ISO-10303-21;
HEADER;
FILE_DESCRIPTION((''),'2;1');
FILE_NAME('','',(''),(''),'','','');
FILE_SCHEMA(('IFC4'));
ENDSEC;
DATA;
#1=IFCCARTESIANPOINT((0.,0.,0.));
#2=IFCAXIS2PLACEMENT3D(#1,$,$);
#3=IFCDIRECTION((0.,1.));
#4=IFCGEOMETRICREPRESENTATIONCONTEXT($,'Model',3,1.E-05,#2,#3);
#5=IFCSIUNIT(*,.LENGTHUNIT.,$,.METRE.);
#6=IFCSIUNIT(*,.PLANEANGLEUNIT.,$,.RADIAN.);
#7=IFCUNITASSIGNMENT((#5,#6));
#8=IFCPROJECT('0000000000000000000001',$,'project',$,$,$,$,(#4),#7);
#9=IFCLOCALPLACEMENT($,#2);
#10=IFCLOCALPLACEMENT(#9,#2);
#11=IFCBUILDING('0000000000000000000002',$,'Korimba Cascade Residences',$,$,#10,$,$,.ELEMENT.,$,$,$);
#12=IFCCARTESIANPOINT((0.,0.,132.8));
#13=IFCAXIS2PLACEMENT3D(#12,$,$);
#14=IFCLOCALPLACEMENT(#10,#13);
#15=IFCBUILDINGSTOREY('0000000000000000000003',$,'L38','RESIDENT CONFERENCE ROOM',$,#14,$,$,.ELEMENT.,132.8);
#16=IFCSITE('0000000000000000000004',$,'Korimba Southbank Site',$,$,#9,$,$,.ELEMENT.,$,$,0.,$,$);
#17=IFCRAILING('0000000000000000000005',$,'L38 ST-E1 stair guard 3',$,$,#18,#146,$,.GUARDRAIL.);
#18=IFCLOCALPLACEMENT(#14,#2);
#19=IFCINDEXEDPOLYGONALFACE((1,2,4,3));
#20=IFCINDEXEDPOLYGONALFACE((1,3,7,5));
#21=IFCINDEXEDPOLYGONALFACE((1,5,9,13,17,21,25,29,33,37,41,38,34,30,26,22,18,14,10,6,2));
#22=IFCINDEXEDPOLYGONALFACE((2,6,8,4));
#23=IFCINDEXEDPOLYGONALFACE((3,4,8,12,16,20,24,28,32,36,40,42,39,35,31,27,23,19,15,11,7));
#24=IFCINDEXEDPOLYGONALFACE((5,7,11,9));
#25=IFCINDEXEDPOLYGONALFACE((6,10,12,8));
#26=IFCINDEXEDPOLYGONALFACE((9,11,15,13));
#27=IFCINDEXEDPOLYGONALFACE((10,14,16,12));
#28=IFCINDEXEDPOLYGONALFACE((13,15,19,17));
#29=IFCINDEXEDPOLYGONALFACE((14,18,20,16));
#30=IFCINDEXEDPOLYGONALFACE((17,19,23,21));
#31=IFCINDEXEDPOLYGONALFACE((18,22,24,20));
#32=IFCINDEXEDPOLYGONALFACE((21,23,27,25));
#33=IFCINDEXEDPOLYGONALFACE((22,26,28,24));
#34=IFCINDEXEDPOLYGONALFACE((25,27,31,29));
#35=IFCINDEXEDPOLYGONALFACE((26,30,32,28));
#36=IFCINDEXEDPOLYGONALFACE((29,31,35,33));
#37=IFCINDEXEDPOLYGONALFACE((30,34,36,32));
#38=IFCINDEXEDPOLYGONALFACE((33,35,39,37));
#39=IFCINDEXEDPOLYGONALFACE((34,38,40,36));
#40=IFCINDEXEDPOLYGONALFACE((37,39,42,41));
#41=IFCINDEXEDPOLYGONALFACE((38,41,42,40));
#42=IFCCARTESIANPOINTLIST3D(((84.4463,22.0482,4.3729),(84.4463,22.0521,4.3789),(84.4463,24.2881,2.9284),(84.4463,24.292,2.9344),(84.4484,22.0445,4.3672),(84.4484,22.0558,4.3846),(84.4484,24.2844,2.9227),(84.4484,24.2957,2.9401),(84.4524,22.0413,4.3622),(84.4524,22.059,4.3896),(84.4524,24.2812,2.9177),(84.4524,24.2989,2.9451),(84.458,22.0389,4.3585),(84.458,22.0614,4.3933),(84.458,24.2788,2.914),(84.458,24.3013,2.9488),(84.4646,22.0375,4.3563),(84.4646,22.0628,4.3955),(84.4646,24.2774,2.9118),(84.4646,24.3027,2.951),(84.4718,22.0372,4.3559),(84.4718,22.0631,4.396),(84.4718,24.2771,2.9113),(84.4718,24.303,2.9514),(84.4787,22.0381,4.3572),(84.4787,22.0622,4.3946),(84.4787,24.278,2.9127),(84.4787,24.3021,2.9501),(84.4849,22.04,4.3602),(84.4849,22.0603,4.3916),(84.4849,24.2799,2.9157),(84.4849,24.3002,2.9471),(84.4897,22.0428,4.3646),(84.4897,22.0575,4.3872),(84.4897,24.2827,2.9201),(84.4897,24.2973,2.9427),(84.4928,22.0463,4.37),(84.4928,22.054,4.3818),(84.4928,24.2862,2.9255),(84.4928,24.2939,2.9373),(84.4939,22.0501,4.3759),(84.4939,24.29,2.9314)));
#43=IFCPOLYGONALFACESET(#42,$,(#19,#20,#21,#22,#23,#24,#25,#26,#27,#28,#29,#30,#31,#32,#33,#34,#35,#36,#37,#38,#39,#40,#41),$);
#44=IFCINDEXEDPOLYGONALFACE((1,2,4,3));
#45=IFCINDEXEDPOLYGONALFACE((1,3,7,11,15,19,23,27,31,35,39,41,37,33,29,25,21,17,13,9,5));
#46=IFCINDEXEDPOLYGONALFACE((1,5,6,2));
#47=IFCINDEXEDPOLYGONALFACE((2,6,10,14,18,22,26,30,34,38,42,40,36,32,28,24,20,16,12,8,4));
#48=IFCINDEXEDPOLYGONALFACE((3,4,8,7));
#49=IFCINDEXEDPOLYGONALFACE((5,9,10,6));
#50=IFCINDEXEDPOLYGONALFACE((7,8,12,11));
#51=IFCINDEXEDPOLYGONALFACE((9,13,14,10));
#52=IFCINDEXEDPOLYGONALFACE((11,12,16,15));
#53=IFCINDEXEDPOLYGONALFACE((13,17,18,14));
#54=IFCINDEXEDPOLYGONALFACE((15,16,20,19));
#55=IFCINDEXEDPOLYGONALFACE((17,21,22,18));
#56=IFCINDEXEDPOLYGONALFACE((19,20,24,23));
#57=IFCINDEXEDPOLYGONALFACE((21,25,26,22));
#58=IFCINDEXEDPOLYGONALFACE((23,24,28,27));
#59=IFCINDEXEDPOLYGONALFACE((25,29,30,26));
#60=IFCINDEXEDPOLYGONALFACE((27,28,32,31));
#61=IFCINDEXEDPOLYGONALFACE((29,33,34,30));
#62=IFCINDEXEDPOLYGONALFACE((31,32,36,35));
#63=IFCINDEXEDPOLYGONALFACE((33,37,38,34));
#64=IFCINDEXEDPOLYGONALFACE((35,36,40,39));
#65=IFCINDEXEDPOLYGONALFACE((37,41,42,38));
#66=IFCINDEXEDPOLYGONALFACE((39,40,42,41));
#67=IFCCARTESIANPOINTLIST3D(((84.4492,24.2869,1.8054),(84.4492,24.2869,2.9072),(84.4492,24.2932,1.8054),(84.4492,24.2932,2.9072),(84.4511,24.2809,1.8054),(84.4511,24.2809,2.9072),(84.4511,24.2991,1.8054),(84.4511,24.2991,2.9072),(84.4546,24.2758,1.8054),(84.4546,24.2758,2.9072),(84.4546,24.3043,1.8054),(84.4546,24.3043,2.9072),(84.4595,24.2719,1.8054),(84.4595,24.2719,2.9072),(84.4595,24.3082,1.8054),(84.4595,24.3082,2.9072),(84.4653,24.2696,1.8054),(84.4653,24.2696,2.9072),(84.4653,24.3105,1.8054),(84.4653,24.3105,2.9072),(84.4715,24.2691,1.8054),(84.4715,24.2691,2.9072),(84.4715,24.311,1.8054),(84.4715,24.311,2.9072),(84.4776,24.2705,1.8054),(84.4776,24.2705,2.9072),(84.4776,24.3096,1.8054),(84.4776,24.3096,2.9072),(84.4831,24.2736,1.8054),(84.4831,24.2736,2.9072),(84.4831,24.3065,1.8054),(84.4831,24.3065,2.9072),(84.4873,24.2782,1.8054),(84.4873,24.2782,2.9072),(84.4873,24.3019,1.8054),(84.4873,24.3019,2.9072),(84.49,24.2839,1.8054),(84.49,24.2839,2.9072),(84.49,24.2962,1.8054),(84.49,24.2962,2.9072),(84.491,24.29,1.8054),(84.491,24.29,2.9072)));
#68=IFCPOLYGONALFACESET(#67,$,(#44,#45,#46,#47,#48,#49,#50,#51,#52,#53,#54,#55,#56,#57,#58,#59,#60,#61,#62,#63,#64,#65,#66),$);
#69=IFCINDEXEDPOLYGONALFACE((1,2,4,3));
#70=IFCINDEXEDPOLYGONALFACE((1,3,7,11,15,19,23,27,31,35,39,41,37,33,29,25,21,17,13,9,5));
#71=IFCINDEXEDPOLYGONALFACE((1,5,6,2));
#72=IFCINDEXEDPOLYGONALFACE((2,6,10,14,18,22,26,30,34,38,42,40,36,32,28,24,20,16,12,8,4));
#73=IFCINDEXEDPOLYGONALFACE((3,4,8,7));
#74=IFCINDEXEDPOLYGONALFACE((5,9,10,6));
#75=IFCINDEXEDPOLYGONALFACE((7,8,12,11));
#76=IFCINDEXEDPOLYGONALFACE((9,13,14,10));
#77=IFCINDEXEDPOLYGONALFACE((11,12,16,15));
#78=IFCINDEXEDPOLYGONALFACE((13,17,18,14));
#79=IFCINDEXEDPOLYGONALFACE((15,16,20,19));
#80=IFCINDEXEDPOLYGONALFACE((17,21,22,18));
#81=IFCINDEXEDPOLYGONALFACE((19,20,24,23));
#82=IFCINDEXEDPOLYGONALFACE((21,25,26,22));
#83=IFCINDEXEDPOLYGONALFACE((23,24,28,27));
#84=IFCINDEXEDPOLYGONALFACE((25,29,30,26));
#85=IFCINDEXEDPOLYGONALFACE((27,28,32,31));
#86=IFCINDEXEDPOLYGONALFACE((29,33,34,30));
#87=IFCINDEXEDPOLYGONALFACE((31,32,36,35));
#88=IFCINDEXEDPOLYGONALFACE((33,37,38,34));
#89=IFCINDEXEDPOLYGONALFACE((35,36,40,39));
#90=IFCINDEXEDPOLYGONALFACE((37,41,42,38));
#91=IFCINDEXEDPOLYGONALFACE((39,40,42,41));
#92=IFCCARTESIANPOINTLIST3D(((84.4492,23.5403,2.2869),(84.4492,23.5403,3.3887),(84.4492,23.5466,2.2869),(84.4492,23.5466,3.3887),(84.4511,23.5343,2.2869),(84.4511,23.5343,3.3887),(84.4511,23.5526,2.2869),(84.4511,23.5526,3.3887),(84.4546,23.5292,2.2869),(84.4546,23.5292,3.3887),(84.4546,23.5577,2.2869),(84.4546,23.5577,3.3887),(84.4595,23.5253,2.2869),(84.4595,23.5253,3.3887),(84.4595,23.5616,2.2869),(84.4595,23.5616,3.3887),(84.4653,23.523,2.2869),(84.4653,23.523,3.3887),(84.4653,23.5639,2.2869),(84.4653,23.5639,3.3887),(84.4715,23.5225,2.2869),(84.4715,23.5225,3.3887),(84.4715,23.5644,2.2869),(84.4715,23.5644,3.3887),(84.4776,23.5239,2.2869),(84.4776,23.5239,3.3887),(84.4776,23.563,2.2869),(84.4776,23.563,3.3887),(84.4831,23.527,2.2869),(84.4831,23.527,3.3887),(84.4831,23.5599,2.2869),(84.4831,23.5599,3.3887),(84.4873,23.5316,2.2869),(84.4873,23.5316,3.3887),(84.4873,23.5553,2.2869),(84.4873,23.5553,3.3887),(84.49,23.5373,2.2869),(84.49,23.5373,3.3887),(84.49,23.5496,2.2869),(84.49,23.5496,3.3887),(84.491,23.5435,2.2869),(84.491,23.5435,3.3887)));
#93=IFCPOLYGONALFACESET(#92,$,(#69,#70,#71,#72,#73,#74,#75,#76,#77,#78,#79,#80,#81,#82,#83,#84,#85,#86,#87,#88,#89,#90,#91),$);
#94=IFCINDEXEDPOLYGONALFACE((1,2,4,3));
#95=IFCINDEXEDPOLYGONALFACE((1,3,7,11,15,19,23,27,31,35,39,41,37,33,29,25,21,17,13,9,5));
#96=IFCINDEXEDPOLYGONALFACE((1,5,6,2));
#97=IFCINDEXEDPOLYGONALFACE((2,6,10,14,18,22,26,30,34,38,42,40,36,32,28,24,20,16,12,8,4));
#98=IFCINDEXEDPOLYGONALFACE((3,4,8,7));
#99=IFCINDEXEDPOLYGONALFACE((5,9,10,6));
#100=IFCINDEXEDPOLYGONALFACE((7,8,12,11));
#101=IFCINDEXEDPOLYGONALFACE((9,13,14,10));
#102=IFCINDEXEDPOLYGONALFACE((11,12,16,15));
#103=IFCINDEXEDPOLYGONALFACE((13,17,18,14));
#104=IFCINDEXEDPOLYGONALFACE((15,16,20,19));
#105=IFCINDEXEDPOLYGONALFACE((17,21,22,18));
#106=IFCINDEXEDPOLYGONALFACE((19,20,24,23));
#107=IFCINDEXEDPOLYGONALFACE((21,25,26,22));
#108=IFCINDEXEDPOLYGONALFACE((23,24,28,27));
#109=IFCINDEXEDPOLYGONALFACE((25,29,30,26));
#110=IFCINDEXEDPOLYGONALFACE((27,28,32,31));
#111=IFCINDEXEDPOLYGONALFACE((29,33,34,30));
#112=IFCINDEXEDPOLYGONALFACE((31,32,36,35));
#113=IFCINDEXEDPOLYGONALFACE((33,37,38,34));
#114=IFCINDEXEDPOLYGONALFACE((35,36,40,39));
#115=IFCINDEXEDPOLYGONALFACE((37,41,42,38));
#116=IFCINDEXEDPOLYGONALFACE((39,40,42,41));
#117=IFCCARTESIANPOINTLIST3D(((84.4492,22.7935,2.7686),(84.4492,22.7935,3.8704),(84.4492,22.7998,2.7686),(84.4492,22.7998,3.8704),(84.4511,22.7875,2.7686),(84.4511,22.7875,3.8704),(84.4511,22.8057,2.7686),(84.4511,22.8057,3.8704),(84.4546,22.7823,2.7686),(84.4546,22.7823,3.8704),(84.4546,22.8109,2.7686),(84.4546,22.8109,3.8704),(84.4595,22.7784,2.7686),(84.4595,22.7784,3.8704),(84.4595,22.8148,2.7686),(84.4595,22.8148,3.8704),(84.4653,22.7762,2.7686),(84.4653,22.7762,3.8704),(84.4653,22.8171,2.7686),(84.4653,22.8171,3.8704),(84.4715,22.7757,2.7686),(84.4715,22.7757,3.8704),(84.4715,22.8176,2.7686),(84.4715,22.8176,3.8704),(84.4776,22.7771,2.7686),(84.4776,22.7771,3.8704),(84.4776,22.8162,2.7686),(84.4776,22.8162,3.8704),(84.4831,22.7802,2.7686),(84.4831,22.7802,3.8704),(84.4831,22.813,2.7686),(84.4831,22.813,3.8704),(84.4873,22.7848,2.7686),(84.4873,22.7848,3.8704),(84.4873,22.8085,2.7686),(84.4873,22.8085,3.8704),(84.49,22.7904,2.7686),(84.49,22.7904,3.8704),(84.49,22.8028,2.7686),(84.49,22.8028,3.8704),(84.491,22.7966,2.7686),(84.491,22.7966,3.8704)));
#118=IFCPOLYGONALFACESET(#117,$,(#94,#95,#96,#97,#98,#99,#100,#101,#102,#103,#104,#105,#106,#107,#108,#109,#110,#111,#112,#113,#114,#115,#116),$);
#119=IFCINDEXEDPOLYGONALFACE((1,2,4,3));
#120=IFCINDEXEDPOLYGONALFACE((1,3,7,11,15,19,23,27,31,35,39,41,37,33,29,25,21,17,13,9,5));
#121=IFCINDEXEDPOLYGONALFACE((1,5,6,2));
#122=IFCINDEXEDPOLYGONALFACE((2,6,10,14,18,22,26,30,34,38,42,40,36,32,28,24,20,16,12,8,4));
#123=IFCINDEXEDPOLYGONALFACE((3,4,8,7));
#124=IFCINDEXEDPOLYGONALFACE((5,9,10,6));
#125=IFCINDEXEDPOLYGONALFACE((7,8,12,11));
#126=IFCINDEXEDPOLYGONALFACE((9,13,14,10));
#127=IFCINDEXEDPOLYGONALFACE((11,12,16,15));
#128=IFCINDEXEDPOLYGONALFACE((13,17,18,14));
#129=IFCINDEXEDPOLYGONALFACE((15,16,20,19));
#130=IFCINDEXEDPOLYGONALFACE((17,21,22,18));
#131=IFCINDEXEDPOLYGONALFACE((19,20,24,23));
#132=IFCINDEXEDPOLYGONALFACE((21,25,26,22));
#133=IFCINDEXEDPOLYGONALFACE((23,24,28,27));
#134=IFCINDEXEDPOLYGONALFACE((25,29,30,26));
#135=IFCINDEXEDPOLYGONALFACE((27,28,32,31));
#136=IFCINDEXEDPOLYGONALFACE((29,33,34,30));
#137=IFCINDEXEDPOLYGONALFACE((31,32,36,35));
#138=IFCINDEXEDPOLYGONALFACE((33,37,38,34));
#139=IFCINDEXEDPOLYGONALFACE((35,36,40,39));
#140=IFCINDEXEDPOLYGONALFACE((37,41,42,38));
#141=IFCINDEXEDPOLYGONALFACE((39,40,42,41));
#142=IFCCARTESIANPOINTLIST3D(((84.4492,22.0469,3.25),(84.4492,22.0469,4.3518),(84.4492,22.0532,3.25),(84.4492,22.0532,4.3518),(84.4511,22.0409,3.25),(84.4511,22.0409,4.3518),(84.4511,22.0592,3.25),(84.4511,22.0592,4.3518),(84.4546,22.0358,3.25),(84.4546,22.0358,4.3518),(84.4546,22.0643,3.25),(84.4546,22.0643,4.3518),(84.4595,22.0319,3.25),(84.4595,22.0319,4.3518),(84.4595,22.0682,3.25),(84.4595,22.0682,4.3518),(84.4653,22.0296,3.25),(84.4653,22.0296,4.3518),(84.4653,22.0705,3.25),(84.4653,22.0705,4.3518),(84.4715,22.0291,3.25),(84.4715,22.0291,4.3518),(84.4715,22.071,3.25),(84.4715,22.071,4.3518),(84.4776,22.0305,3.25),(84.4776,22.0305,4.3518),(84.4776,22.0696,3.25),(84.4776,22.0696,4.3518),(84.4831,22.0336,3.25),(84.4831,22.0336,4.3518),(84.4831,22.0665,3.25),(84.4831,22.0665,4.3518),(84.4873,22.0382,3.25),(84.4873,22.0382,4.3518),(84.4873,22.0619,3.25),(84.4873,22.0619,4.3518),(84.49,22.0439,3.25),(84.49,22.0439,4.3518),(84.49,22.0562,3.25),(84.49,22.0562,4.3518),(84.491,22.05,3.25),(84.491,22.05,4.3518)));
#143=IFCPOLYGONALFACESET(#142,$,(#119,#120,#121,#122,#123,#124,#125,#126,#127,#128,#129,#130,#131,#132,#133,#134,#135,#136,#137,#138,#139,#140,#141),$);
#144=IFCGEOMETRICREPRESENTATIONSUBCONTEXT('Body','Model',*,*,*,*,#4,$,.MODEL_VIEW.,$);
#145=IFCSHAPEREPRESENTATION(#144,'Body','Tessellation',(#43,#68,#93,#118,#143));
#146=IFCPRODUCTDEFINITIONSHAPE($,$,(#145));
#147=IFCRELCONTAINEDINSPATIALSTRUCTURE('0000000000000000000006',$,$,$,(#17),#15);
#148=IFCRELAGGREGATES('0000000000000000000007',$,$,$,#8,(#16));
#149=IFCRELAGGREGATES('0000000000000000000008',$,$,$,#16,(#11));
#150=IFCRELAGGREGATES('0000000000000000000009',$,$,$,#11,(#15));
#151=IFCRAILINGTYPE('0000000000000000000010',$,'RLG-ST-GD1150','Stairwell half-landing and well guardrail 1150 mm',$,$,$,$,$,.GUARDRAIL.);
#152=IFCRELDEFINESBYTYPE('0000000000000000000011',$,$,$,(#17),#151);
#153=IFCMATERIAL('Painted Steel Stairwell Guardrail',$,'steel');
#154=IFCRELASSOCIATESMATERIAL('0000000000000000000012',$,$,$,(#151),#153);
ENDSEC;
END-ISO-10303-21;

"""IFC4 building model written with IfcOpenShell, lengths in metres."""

from ifc_helpers import new_model, si_unit, direction, frame, origin, origin_2d, place, context, subcontext, project, spatial, circle, extrude, material, type_object, element, save


model = new_model("IFC4")

# Units and contexts
model_context = context("Model", 3, precision=1e-05, world=origin(), true_north=direction((0.0, 1.0)))
body_context = subcontext(model_context, "Body", "Model", "MODEL_VIEW")
ifc_project = project(units=[si_unit("LENGTHUNIT", "METRE"), si_unit("PLANEANGLEUNIT", "RADIAN")], contexts=[model_context])

# Site, building, storey
site_placement = place(None, origin())
site = spatial("IfcSite", under=ifc_project, at=site_placement, Name="Korimba Southbank Site", CompositionType="ELEMENT", RefElevation=0.0)
building_placement = place(site_placement, origin())
building = spatial("IfcBuilding", under=site, at=building_placement, Name="Korimba Cascade Residences", CompositionType="ELEMENT")
storey_placement = place(building_placement, frame((0.0, 0.0, 132.8)))
storey = spatial("IfcBuildingStorey", under=building, at=storey_placement, Name="L38", Description="RESIDENT CONFERENCE ROOM", CompositionType="ELEMENT", Elevation=132.8)

# Railing
ifc_material_1 = material(Name="Painted Steel Stairwell Guardrail", Category="steel")
railing_type_1 = type_object("IfcRailingType", Name="RLG-ST-GD1150", Description="Stairwell half-landing and well guardrail 1150 mm", PredefinedType="GUARDRAIL", material=ifc_material_1)
railing_1_placement = place(storey_placement, frame((84.47, 24.29, 1.8054)))
element("IfcRailing", 1, at=railing_1_placement, inside=storey, type_object=railing_type_1, Name="L38 ST-E1 stair guard 3", PredefinedType="GUARDRAIL", context=body_context, shape_type="SweptSolid", body=[
    extrude(circle(Radius=0.0239, at=origin_2d()), frame((0.0, 0.0, 1.126), z_axis=(0.0, -0.840395, 0.541975), x_axis=(1.0, 0.0, 0.0)), (0.0, 0.0, 1.0), 2.6653),
    extrude(circle(Radius=0.021, at=origin_2d()), origin(), (0.0, 0.0, 1.0), 1.1018),
    extrude(circle(Radius=0.021, at=origin_2d()), frame((0.0, -0.7466, 0.4814)), (0.0, 0.0, 1.0), 1.1018),
    extrude(circle(Radius=0.021, at=origin_2d()), frame((0.0, -1.4934, 0.9631)), (0.0, 0.0, 1.0), 1.1018),
    extrude(circle(Radius=0.021, at=origin_2d()), frame((0.0, -2.24, 1.4446)), (0.0, 0.0, 1.0), 1.1018),
])

save(model, "model.ifc")
